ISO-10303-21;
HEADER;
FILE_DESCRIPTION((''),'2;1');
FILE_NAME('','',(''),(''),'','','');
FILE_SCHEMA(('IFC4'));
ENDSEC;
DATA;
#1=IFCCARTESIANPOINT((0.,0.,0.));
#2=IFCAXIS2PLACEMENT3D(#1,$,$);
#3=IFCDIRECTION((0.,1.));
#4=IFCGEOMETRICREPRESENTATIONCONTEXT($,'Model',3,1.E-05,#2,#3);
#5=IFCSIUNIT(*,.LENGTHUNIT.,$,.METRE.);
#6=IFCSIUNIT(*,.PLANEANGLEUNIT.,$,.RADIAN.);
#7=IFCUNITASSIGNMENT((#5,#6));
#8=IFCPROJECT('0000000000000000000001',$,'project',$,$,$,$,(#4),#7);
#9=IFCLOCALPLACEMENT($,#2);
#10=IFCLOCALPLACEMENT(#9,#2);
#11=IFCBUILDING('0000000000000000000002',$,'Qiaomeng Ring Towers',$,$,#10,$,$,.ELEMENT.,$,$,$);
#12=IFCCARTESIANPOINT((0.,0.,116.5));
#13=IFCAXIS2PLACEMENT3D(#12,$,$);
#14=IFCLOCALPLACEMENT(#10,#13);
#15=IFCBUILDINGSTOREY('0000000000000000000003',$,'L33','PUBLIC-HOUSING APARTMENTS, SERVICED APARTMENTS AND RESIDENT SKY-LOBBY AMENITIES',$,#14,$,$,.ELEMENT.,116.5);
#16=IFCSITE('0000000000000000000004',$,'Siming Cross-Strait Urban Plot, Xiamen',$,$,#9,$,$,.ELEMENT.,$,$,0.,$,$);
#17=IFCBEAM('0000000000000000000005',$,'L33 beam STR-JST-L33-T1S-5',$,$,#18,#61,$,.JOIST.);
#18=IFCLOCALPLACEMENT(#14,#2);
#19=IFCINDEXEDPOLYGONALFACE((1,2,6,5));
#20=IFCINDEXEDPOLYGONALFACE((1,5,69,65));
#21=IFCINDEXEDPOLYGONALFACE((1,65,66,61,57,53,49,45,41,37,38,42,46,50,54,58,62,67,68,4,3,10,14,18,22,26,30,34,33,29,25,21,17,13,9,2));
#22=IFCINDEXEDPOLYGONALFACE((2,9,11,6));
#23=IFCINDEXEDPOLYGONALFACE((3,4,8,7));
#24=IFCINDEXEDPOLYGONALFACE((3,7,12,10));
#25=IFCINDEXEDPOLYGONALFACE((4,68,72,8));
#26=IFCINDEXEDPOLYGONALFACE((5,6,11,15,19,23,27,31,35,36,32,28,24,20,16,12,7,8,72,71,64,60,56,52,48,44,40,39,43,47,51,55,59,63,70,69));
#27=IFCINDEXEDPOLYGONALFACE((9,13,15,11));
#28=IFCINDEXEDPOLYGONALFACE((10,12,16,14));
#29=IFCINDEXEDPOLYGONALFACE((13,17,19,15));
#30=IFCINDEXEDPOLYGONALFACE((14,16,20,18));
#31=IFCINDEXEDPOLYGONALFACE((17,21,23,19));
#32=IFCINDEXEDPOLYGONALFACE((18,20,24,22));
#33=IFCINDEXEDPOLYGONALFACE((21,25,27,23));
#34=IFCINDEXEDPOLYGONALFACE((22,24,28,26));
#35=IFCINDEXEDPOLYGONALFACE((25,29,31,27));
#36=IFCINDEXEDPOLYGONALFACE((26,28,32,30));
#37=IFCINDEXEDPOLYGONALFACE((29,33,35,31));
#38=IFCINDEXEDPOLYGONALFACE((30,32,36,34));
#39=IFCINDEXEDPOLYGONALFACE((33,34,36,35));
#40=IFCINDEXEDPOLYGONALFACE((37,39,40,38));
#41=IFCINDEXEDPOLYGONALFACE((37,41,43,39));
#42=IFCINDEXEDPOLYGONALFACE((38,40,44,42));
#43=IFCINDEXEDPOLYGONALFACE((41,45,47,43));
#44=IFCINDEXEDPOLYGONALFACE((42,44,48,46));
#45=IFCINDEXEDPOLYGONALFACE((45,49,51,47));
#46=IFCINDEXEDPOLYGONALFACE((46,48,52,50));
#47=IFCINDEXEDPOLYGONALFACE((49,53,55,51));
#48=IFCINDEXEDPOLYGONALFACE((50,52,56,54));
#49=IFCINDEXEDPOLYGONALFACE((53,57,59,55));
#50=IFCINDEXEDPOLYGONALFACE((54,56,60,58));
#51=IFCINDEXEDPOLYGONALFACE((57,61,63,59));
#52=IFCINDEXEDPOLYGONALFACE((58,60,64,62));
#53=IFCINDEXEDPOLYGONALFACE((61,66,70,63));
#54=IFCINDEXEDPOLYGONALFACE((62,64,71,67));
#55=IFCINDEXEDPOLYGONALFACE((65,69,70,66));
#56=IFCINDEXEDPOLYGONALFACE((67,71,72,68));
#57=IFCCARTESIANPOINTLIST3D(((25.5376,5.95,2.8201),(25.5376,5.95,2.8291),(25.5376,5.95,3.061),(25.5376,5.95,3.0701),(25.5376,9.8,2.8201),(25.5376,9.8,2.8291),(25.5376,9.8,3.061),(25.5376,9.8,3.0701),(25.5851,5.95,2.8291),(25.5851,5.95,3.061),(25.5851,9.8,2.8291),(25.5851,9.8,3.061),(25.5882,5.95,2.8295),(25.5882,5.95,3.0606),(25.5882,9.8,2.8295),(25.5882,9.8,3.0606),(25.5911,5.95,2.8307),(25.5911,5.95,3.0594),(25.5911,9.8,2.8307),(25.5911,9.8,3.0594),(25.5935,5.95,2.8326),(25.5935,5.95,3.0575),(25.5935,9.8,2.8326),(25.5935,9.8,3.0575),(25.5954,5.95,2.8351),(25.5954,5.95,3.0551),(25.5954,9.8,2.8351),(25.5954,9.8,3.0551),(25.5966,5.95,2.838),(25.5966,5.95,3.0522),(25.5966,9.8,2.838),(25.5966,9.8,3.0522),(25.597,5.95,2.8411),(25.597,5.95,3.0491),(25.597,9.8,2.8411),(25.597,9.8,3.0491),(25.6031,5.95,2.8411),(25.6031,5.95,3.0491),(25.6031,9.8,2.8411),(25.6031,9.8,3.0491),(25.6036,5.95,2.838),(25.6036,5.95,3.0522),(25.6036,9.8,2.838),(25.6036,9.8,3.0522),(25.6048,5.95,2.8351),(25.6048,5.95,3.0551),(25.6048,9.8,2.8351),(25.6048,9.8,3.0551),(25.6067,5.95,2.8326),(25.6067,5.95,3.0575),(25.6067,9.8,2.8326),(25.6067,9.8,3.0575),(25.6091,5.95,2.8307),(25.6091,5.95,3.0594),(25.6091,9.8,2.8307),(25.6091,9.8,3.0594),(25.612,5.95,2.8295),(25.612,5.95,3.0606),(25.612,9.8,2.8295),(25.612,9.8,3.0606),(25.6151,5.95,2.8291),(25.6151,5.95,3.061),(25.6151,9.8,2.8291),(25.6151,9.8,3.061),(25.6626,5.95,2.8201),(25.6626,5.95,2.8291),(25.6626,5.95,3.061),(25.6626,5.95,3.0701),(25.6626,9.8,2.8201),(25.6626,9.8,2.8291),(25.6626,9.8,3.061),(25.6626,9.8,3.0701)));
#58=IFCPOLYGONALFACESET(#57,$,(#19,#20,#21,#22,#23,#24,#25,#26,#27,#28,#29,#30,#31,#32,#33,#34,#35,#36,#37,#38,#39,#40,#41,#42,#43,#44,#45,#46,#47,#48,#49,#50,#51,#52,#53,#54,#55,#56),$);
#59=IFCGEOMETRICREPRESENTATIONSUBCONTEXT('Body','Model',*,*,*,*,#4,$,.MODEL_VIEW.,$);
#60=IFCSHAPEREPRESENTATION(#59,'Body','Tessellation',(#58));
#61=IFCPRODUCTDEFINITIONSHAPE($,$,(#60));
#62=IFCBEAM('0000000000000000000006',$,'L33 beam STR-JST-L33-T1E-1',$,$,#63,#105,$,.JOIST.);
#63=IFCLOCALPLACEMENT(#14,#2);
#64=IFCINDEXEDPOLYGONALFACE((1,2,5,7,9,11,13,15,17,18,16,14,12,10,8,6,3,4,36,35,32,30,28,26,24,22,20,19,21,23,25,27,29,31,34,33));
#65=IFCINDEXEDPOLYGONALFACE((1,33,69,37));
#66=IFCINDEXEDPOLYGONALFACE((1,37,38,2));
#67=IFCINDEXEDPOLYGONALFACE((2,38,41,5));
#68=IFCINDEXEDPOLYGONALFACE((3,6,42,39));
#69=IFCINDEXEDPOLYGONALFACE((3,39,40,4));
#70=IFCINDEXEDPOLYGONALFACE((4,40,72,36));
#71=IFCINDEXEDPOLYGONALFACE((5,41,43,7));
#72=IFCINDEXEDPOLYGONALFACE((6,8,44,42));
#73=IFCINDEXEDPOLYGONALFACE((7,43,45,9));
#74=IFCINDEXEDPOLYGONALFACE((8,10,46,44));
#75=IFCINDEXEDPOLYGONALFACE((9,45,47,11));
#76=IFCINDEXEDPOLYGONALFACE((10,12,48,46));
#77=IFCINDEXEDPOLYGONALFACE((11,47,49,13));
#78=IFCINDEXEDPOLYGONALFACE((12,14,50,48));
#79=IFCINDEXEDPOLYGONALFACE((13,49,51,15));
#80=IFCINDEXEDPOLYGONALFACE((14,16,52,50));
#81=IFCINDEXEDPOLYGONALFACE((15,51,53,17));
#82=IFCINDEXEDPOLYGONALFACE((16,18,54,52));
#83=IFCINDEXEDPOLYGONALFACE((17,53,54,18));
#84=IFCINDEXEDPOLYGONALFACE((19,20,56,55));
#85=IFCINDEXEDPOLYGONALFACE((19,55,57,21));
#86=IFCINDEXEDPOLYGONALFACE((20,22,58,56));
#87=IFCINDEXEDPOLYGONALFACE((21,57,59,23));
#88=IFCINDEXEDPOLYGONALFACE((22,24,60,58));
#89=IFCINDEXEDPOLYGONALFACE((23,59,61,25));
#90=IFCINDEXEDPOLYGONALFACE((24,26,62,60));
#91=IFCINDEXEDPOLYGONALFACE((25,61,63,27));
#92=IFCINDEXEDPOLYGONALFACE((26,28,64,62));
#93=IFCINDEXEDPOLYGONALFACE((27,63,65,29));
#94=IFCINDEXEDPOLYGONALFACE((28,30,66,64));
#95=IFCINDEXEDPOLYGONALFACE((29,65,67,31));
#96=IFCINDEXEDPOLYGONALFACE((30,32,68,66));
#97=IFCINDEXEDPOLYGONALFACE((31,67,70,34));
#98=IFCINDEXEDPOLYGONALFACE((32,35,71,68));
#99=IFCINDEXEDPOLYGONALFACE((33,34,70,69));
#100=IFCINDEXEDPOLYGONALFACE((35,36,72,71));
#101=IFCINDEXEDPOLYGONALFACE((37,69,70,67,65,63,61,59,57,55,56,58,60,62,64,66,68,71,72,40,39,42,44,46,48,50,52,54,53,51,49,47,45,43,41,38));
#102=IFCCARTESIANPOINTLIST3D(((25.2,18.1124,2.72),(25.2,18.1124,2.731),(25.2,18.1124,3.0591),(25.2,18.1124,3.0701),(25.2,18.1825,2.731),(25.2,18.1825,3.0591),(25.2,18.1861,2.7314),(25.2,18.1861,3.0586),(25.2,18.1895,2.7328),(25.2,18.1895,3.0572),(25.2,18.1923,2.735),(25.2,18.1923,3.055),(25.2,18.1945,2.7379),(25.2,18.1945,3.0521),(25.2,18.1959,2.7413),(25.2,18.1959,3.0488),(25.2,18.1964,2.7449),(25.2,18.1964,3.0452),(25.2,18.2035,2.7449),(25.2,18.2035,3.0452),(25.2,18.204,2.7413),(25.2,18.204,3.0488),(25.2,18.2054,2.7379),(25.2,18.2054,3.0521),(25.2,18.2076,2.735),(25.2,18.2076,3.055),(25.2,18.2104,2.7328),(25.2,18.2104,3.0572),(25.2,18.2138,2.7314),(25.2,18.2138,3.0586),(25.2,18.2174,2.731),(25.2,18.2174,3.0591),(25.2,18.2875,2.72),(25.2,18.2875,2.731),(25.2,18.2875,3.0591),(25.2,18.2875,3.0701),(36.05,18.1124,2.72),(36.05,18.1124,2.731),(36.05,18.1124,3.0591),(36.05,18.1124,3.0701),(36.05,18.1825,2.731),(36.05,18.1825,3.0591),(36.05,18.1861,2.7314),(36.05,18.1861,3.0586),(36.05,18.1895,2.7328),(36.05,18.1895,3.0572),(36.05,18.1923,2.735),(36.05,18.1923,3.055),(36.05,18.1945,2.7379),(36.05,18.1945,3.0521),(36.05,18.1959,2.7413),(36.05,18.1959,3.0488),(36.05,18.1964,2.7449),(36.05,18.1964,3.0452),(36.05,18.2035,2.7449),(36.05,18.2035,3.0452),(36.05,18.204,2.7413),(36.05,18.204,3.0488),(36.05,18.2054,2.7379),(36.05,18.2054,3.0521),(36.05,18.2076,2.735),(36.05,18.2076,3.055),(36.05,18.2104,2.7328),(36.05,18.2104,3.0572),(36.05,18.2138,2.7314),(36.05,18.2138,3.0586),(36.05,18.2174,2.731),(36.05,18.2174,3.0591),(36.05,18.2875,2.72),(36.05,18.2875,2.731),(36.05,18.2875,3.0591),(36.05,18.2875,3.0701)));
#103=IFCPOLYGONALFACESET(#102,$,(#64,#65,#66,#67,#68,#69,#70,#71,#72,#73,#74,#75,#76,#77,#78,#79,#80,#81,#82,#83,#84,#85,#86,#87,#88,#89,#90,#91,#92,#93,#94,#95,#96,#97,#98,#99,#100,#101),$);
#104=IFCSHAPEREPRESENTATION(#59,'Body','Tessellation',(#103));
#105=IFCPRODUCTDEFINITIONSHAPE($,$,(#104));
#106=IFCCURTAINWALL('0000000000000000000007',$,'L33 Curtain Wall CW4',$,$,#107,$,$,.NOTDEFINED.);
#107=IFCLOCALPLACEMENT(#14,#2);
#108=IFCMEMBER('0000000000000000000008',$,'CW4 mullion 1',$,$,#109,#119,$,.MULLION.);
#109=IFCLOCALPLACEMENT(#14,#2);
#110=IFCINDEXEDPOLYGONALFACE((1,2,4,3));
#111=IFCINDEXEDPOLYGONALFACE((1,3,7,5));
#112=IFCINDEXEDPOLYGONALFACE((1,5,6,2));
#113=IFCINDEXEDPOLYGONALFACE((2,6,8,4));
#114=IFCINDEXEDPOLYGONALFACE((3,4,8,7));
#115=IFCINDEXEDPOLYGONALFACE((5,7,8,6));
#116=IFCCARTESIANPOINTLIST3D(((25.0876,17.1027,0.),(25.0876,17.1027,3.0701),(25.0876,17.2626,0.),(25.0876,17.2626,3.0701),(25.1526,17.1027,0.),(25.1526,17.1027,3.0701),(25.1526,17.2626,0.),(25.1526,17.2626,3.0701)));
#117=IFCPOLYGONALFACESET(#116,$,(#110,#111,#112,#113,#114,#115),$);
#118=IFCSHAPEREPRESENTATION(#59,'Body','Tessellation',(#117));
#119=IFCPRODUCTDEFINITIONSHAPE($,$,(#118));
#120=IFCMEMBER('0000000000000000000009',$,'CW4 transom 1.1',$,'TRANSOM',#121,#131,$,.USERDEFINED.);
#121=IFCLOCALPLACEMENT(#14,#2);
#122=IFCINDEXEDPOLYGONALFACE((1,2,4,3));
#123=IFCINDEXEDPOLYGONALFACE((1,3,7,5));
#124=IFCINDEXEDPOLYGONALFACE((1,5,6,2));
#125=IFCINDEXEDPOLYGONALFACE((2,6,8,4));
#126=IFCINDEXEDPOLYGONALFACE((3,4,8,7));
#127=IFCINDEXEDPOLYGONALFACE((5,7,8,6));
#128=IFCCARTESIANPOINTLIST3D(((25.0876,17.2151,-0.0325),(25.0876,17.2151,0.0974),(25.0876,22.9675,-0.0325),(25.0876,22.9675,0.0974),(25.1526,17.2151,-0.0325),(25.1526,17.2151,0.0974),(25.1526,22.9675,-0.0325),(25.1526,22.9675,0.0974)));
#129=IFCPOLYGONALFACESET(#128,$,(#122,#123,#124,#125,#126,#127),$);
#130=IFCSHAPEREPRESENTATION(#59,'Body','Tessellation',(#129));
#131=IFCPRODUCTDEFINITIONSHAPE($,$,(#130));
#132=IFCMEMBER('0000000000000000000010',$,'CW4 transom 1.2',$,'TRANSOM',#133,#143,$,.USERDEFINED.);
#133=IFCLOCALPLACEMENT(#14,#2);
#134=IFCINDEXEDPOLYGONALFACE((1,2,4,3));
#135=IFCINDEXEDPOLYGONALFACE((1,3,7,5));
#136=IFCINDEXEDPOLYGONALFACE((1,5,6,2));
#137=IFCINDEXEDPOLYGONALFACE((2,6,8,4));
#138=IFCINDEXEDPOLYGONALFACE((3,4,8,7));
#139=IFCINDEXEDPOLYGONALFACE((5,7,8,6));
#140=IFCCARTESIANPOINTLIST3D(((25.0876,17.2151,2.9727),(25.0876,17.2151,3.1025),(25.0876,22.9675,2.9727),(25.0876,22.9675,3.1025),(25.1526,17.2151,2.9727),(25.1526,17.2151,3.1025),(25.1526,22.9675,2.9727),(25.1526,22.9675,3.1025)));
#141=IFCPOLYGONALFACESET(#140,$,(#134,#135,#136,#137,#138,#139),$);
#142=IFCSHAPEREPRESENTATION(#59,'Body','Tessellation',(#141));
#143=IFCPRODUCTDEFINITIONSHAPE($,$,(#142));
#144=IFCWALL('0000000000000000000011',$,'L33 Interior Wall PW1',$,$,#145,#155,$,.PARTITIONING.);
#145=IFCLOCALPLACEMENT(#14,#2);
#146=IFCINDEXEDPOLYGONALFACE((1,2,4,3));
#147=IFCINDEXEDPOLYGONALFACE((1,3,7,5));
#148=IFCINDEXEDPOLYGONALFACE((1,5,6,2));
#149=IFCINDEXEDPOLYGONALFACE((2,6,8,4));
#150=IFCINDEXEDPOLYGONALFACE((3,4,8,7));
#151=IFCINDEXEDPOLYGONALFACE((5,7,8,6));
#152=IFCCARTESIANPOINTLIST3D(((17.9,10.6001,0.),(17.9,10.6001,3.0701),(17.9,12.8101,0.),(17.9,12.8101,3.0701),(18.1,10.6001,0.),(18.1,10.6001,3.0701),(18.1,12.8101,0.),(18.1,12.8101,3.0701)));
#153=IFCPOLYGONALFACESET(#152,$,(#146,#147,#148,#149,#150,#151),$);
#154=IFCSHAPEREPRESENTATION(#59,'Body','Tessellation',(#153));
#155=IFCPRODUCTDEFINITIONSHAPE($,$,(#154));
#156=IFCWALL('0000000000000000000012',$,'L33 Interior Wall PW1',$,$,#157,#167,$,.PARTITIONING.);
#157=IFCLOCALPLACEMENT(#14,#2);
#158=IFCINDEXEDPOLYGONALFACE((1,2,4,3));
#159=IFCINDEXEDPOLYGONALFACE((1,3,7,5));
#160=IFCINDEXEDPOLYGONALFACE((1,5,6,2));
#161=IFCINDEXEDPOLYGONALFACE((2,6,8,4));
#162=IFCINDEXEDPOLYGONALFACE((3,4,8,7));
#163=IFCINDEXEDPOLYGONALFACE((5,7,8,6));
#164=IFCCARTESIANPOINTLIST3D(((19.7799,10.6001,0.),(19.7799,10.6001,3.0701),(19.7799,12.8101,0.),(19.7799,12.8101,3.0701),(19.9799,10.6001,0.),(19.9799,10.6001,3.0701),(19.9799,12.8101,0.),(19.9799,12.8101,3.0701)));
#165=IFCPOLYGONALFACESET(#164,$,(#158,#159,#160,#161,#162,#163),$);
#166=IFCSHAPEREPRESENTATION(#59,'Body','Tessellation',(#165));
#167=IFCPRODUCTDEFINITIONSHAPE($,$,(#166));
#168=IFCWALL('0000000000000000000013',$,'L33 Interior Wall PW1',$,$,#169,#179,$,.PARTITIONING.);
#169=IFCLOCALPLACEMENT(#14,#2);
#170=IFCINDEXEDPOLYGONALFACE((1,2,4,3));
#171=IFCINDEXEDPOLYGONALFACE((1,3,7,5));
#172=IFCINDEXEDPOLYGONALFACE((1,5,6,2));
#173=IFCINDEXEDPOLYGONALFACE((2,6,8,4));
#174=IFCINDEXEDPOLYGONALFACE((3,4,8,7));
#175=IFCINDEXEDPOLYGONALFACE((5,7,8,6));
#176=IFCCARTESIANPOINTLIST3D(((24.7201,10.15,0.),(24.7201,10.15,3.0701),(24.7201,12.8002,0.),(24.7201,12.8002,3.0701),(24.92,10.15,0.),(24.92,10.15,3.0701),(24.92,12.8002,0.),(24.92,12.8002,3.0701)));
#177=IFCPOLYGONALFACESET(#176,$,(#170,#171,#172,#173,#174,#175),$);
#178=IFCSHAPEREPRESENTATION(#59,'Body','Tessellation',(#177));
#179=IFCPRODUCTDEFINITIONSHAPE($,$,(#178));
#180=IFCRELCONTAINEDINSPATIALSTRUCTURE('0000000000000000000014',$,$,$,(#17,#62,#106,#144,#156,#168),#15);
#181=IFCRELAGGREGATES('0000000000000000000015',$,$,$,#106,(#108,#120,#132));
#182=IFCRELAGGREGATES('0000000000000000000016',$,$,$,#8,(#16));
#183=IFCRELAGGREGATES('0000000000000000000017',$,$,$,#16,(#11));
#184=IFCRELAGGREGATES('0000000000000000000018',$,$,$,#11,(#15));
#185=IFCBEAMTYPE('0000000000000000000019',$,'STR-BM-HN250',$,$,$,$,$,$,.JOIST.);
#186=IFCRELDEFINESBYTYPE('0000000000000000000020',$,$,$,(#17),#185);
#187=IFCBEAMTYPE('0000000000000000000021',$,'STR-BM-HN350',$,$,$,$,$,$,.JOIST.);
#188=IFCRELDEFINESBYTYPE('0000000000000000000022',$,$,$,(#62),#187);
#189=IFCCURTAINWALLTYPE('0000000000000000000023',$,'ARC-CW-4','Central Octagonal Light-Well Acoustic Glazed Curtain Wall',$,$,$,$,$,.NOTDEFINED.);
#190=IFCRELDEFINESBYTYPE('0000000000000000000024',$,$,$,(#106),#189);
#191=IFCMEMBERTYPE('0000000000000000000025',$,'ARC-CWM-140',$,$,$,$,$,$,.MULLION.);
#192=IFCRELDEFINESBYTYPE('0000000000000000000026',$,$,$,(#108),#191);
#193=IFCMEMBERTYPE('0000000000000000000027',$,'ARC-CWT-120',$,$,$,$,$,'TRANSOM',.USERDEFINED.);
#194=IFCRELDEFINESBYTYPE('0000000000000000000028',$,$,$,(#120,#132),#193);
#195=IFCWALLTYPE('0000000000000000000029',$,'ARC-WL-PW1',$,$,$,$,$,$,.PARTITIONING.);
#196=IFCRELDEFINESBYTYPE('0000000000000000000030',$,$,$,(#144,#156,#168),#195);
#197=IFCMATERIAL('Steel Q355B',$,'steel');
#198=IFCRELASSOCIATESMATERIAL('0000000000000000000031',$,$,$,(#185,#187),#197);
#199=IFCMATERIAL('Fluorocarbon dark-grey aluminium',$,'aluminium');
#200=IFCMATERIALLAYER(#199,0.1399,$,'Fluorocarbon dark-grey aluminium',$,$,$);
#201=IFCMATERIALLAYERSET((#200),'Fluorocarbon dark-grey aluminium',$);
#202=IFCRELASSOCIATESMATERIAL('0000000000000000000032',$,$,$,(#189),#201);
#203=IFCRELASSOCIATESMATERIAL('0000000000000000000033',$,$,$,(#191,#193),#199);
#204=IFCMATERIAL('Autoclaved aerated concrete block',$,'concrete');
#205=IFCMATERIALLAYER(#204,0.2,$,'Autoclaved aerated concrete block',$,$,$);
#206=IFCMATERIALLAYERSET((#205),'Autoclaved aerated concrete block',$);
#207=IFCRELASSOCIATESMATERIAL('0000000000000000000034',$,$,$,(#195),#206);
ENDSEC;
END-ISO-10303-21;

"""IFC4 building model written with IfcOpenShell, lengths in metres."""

from ifc_helpers import new_model, si_unit, direction, frame, frame_2d, origin, origin_2d, place, context, subcontext, project, spatial, rectangle, i_section, extrude, source, transform, mapped, material, layer, layer_set, material_profile, profile_set, type_object, element, aggregate, save


model = new_model("IFC4")

# Units and contexts
model_context = context("Model", 3, precision=1e-05, world=origin(), true_north=direction((0.0, 1.0)))
body_context = subcontext(model_context, "Body", "Model", "MODEL_VIEW")
ifc_project = project(units=[si_unit("LENGTHUNIT", "METRE"), si_unit("PLANEANGLEUNIT", "RADIAN")], contexts=[model_context])

# Site, building, storey
site_placement = place(None, origin())
site = spatial("IfcSite", under=ifc_project, at=site_placement, Name="Siming Cross-Strait Urban Plot, Xiamen", CompositionType="ELEMENT", RefElevation=0.0)
building_placement = place(site_placement, origin())
building = spatial("IfcBuilding", under=site, at=building_placement, Name="Qiaomeng Ring Towers", CompositionType="ELEMENT")
storey_placement = place(building_placement, frame((0.0, 0.0, 116.5)))
storey = spatial("IfcBuildingStorey", under=building, at=storey_placement, Name="L33", Description="PUBLIC-HOUSING APARTMENTS, SERVICED APARTMENTS AND RESIDENT SKY-LOBBY AMENITIES", CompositionType="ELEMENT", Elevation=116.5)

# Beams
ifc_material_1 = material(Name="Steel Q355B", Category="steel")
ifc_material_profile_1 = material_profile(ifc_material_1, i_section(OverallWidth=0.125, OverallDepth=0.25, WebThickness=0.0061, FlangeThickness=0.009, FilletRadius=0.012, at=origin_2d()), Name="HN 250x125x6x9")
ifc_profile_set_1 = profile_set([ifc_material_profile_1], Name="Steel Q355B")
beam_type_1 = type_object("IfcBeamType", Name="STR-BM-HN250", PredefinedType="JOIST", material=ifc_profile_set_1)
shared_shape_1 = source(origin(), body_context, "Body", "SweptSolid", [
    extrude(i_section(OverallWidth=0.125, OverallDepth=0.25, WebThickness=0.0061, FlangeThickness=0.009, FilletRadius=0.012, at=origin_2d()), origin(), (0.0, 0.0, 1.0), 3.8501),
])
for number, where, z_axis, x_axis, name in (
    (1, (25.6001, 5.95, 2.9451), (0.0, 1.0, 0.0), (-1.0, 0.0, 0.0), "L33 beam STR-JST-L33-T1S-5"),
):
    element("IfcBeam", number, at=place(storey_placement, frame(where, z_axis=z_axis, x_axis=x_axis)), inside=storey, type_object=beam_type_1, Name=name, PredefinedType="JOIST", context=body_context, shape_type="MappedRepresentation", body=[
        mapped(shared_shape_1, transform((0.0, 0.0, 0.0), x_axis=(1.0, 0.0, 0.0), y_axis=(0.0, 1.0, 0.0), z_axis=(0.0, 0.0, 1.0), scale=1.0)),
    ])
ifc_material_profile_2 = material_profile(ifc_material_1, i_section(OverallWidth=0.175, OverallDepth=0.3501, WebThickness=0.0071, FlangeThickness=0.011, FilletRadius=0.0139, at=origin_2d()), Name="HN 350x175x7x11")
ifc_profile_set_2 = profile_set([ifc_material_profile_2], Name="Steel Q355B")
beam_type_2 = type_object("IfcBeamType", Name="STR-BM-HN350", PredefinedType="JOIST", material=ifc_profile_set_2)
shared_shape_2 = source(origin(), body_context, "Body", "SweptSolid", [
    extrude(i_section(OverallWidth=0.175, OverallDepth=0.3501, WebThickness=0.0071, FlangeThickness=0.011, FilletRadius=0.0139, at=origin_2d()), origin(), (0.0, 0.0, 1.0), 10.8501),
])
beam_1_placement = place(storey_placement, frame((25.2, 18.2, 2.895), z_axis=(1.0, 0.0, 0.0), x_axis=(0.0, 1.0, 0.0)))
element("IfcBeam", 2, at=beam_1_placement, inside=storey, type_object=beam_type_2, Name="L33 beam STR-JST-L33-T1E-1", PredefinedType="JOIST", context=body_context, shape_type="MappedRepresentation", body=[
    mapped(shared_shape_2, transform((0.0, 0.0, 0.0), x_axis=(1.0, 0.0, 0.0), y_axis=(0.0, 1.0, 0.0), z_axis=(0.0, 0.0, 1.0), scale=1.0)),
])

# Curtain wall, members
ifc_material_2 = material(Name="Fluorocarbon dark-grey aluminium", Category="aluminium")
ifc_layer_1 = layer(ifc_material_2, 0.1399, Name="Fluorocarbon dark-grey aluminium")
ifc_layer_set_1 = layer_set([ifc_layer_1], Name="Fluorocarbon dark-grey aluminium")
curtain_wall_type = type_object("IfcCurtainWallType", Name="ARC-CW-4", Description="Central Octagonal Light-Well Acoustic Glazed Curtain Wall", PredefinedType="NOTDEFINED", material=ifc_layer_set_1)
curtain_wall_placement = place(storey_placement, origin())
curtain_wall = element("IfcCurtainWall", 3, at=curtain_wall_placement, inside=storey, type_object=curtain_wall_type, Name="L33 Curtain Wall CW4", PredefinedType="NOTDEFINED")
ifc_material_profile_3 = material_profile(ifc_material_2, rectangle(XDim=0.0649, YDim=0.1599, at=origin_2d()), Name="ALU MULL 65x160")
ifc_profile_set_3 = profile_set([ifc_material_profile_3], Name="Fluorocarbon dark-grey aluminium")
member_type_1 = type_object("IfcMemberType", Name="ARC-CWM-140", PredefinedType="MULLION", material=ifc_profile_set_3)
shared_shape_3 = source(origin(), body_context, "Body", "SweptSolid", [
    extrude(rectangle(XDim=0.0649, YDim=0.1599, at=origin_2d()), origin(), (0.0, 0.0, 1.0), 3.0701),
])
member_1_placement = place(storey_placement, frame((25.1201, 17.1826, 0.0), z_axis=(0.0, 0.0, 1.0), x_axis=(-1.0, 0.0, 0.0)))
member_1 = element("IfcMember", 4, at=member_1_placement, type_object=member_type_1, Name="CW4 mullion 1", PredefinedType="MULLION", context=body_context, shape_type="MappedRepresentation", body=[
    mapped(shared_shape_3, transform((0.0, 0.0, 0.0), x_axis=(1.0, 0.0, 0.0), y_axis=(0.0, 1.0, 0.0), z_axis=(0.0, 0.0, 1.0), scale=1.0)),
])
ifc_material_profile_4 = material_profile(ifc_material_2, rectangle(XDim=0.0649, YDim=0.1299, at=origin_2d()), Name="ALU TRAN 65x130")
ifc_profile_set_4 = profile_set([ifc_material_profile_4], Name="Fluorocarbon dark-grey aluminium")
member_type_2 = type_object("IfcMemberType", Name="ARC-CWT-120", ElementType="TRANSOM", PredefinedType="USERDEFINED", material=ifc_profile_set_4)
shared_shape_4 = source(origin(), body_context, "Body", "SweptSolid", [
    extrude(rectangle(XDim=0.0649, YDim=0.1299, at=origin_2d()), origin(), (0.0, 0.0, 1.0), 5.7524),
])
member_2_placement = place(storey_placement, frame((25.1201, 17.2151, 0.0325), z_axis=(0.0, 1.0, 0.0), x_axis=(-1.0, 0.0, 0.0)))
member_2 = element("IfcMember", 5, at=member_2_placement, type_object=member_type_2, Name="CW4 transom 1.1", ObjectType="TRANSOM", PredefinedType="USERDEFINED", context=body_context, shape_type="MappedRepresentation", body=[
    mapped(shared_shape_4, transform((0.0, 0.0, 0.0), x_axis=(1.0, 0.0, 0.0), y_axis=(0.0, 1.0, 0.0), z_axis=(0.0, 0.0, 1.0), scale=1.0)),
])
member_3_placement = place(storey_placement, frame((25.1201, 17.2151, 3.0376), z_axis=(0.0, 1.0, 0.0), x_axis=(-1.0, 0.0, 0.0)))
member_3 = element("IfcMember", 6, at=member_3_placement, type_object=member_type_2, Name="CW4 transom 1.2", ObjectType="TRANSOM", PredefinedType="USERDEFINED", context=body_context, shape_type="MappedRepresentation", body=[
    mapped(shared_shape_4, transform((0.0, 0.0, 0.0), x_axis=(1.0, 0.0, 0.0), y_axis=(0.0, 1.0, 0.0), z_axis=(0.0, 0.0, 1.0), scale=1.0)),
])
aggregate(curtain_wall, [member_1, member_2, member_3])

# Walls
ifc_material_3 = material(Name="Autoclaved aerated concrete block", Category="concrete")
ifc_layer_2 = layer(ifc_material_3, 0.2, Name="Autoclaved aerated concrete block")
ifc_layer_set_2 = layer_set([ifc_layer_2], Name="Autoclaved aerated concrete block")
wall_type_1 = type_object("IfcWallType", Name="ARC-WL-PW1", PredefinedType="PARTITIONING", material=ifc_layer_set_2)
for number, where, z_axis, x_axis, name in (
    (7, (18.0, 10.6001, 0.0), (0.0, 0.0, 1.0), (0.0, 1.0, 0.0), "L33 Interior Wall PW1"),
    (8, (19.8799, 10.6001, 0.0), (0.0, 0.0, 1.0), (0.0, 1.0, 0.0), "L33 Interior Wall PW1"),
):
    element("IfcWall", number, at=place(storey_placement, frame(where, z_axis=z_axis, x_axis=x_axis)), inside=storey, type_object=wall_type_1, Name=name, PredefinedType="PARTITIONING", context=body_context, shape_type="SweptSolid", body=[
        extrude(rectangle(XDim=2.21, YDim=0.2, at=frame_2d((1.105, 0.0))), origin(), (0.0, 0.0, 1.0), 3.0701),
    ])
wall_1_placement = place(storey_placement, frame((24.8201, 10.1499, 0.0), z_axis=(0.0, 0.0, 1.0), x_axis=(0.0, 1.0, 0.0)))
element("IfcWall", 9, at=wall_1_placement, inside=storey, type_object=wall_type_1, Name="L33 Interior Wall PW1", PredefinedType="PARTITIONING", context=body_context, shape_type="SweptSolid", body=[
    extrude(rectangle(XDim=2.6501, YDim=0.2, at=frame_2d((1.3252, 0.0))), origin(), (0.0, 0.0, 1.0), 3.0701),
])

save(model, "model.ifc")
